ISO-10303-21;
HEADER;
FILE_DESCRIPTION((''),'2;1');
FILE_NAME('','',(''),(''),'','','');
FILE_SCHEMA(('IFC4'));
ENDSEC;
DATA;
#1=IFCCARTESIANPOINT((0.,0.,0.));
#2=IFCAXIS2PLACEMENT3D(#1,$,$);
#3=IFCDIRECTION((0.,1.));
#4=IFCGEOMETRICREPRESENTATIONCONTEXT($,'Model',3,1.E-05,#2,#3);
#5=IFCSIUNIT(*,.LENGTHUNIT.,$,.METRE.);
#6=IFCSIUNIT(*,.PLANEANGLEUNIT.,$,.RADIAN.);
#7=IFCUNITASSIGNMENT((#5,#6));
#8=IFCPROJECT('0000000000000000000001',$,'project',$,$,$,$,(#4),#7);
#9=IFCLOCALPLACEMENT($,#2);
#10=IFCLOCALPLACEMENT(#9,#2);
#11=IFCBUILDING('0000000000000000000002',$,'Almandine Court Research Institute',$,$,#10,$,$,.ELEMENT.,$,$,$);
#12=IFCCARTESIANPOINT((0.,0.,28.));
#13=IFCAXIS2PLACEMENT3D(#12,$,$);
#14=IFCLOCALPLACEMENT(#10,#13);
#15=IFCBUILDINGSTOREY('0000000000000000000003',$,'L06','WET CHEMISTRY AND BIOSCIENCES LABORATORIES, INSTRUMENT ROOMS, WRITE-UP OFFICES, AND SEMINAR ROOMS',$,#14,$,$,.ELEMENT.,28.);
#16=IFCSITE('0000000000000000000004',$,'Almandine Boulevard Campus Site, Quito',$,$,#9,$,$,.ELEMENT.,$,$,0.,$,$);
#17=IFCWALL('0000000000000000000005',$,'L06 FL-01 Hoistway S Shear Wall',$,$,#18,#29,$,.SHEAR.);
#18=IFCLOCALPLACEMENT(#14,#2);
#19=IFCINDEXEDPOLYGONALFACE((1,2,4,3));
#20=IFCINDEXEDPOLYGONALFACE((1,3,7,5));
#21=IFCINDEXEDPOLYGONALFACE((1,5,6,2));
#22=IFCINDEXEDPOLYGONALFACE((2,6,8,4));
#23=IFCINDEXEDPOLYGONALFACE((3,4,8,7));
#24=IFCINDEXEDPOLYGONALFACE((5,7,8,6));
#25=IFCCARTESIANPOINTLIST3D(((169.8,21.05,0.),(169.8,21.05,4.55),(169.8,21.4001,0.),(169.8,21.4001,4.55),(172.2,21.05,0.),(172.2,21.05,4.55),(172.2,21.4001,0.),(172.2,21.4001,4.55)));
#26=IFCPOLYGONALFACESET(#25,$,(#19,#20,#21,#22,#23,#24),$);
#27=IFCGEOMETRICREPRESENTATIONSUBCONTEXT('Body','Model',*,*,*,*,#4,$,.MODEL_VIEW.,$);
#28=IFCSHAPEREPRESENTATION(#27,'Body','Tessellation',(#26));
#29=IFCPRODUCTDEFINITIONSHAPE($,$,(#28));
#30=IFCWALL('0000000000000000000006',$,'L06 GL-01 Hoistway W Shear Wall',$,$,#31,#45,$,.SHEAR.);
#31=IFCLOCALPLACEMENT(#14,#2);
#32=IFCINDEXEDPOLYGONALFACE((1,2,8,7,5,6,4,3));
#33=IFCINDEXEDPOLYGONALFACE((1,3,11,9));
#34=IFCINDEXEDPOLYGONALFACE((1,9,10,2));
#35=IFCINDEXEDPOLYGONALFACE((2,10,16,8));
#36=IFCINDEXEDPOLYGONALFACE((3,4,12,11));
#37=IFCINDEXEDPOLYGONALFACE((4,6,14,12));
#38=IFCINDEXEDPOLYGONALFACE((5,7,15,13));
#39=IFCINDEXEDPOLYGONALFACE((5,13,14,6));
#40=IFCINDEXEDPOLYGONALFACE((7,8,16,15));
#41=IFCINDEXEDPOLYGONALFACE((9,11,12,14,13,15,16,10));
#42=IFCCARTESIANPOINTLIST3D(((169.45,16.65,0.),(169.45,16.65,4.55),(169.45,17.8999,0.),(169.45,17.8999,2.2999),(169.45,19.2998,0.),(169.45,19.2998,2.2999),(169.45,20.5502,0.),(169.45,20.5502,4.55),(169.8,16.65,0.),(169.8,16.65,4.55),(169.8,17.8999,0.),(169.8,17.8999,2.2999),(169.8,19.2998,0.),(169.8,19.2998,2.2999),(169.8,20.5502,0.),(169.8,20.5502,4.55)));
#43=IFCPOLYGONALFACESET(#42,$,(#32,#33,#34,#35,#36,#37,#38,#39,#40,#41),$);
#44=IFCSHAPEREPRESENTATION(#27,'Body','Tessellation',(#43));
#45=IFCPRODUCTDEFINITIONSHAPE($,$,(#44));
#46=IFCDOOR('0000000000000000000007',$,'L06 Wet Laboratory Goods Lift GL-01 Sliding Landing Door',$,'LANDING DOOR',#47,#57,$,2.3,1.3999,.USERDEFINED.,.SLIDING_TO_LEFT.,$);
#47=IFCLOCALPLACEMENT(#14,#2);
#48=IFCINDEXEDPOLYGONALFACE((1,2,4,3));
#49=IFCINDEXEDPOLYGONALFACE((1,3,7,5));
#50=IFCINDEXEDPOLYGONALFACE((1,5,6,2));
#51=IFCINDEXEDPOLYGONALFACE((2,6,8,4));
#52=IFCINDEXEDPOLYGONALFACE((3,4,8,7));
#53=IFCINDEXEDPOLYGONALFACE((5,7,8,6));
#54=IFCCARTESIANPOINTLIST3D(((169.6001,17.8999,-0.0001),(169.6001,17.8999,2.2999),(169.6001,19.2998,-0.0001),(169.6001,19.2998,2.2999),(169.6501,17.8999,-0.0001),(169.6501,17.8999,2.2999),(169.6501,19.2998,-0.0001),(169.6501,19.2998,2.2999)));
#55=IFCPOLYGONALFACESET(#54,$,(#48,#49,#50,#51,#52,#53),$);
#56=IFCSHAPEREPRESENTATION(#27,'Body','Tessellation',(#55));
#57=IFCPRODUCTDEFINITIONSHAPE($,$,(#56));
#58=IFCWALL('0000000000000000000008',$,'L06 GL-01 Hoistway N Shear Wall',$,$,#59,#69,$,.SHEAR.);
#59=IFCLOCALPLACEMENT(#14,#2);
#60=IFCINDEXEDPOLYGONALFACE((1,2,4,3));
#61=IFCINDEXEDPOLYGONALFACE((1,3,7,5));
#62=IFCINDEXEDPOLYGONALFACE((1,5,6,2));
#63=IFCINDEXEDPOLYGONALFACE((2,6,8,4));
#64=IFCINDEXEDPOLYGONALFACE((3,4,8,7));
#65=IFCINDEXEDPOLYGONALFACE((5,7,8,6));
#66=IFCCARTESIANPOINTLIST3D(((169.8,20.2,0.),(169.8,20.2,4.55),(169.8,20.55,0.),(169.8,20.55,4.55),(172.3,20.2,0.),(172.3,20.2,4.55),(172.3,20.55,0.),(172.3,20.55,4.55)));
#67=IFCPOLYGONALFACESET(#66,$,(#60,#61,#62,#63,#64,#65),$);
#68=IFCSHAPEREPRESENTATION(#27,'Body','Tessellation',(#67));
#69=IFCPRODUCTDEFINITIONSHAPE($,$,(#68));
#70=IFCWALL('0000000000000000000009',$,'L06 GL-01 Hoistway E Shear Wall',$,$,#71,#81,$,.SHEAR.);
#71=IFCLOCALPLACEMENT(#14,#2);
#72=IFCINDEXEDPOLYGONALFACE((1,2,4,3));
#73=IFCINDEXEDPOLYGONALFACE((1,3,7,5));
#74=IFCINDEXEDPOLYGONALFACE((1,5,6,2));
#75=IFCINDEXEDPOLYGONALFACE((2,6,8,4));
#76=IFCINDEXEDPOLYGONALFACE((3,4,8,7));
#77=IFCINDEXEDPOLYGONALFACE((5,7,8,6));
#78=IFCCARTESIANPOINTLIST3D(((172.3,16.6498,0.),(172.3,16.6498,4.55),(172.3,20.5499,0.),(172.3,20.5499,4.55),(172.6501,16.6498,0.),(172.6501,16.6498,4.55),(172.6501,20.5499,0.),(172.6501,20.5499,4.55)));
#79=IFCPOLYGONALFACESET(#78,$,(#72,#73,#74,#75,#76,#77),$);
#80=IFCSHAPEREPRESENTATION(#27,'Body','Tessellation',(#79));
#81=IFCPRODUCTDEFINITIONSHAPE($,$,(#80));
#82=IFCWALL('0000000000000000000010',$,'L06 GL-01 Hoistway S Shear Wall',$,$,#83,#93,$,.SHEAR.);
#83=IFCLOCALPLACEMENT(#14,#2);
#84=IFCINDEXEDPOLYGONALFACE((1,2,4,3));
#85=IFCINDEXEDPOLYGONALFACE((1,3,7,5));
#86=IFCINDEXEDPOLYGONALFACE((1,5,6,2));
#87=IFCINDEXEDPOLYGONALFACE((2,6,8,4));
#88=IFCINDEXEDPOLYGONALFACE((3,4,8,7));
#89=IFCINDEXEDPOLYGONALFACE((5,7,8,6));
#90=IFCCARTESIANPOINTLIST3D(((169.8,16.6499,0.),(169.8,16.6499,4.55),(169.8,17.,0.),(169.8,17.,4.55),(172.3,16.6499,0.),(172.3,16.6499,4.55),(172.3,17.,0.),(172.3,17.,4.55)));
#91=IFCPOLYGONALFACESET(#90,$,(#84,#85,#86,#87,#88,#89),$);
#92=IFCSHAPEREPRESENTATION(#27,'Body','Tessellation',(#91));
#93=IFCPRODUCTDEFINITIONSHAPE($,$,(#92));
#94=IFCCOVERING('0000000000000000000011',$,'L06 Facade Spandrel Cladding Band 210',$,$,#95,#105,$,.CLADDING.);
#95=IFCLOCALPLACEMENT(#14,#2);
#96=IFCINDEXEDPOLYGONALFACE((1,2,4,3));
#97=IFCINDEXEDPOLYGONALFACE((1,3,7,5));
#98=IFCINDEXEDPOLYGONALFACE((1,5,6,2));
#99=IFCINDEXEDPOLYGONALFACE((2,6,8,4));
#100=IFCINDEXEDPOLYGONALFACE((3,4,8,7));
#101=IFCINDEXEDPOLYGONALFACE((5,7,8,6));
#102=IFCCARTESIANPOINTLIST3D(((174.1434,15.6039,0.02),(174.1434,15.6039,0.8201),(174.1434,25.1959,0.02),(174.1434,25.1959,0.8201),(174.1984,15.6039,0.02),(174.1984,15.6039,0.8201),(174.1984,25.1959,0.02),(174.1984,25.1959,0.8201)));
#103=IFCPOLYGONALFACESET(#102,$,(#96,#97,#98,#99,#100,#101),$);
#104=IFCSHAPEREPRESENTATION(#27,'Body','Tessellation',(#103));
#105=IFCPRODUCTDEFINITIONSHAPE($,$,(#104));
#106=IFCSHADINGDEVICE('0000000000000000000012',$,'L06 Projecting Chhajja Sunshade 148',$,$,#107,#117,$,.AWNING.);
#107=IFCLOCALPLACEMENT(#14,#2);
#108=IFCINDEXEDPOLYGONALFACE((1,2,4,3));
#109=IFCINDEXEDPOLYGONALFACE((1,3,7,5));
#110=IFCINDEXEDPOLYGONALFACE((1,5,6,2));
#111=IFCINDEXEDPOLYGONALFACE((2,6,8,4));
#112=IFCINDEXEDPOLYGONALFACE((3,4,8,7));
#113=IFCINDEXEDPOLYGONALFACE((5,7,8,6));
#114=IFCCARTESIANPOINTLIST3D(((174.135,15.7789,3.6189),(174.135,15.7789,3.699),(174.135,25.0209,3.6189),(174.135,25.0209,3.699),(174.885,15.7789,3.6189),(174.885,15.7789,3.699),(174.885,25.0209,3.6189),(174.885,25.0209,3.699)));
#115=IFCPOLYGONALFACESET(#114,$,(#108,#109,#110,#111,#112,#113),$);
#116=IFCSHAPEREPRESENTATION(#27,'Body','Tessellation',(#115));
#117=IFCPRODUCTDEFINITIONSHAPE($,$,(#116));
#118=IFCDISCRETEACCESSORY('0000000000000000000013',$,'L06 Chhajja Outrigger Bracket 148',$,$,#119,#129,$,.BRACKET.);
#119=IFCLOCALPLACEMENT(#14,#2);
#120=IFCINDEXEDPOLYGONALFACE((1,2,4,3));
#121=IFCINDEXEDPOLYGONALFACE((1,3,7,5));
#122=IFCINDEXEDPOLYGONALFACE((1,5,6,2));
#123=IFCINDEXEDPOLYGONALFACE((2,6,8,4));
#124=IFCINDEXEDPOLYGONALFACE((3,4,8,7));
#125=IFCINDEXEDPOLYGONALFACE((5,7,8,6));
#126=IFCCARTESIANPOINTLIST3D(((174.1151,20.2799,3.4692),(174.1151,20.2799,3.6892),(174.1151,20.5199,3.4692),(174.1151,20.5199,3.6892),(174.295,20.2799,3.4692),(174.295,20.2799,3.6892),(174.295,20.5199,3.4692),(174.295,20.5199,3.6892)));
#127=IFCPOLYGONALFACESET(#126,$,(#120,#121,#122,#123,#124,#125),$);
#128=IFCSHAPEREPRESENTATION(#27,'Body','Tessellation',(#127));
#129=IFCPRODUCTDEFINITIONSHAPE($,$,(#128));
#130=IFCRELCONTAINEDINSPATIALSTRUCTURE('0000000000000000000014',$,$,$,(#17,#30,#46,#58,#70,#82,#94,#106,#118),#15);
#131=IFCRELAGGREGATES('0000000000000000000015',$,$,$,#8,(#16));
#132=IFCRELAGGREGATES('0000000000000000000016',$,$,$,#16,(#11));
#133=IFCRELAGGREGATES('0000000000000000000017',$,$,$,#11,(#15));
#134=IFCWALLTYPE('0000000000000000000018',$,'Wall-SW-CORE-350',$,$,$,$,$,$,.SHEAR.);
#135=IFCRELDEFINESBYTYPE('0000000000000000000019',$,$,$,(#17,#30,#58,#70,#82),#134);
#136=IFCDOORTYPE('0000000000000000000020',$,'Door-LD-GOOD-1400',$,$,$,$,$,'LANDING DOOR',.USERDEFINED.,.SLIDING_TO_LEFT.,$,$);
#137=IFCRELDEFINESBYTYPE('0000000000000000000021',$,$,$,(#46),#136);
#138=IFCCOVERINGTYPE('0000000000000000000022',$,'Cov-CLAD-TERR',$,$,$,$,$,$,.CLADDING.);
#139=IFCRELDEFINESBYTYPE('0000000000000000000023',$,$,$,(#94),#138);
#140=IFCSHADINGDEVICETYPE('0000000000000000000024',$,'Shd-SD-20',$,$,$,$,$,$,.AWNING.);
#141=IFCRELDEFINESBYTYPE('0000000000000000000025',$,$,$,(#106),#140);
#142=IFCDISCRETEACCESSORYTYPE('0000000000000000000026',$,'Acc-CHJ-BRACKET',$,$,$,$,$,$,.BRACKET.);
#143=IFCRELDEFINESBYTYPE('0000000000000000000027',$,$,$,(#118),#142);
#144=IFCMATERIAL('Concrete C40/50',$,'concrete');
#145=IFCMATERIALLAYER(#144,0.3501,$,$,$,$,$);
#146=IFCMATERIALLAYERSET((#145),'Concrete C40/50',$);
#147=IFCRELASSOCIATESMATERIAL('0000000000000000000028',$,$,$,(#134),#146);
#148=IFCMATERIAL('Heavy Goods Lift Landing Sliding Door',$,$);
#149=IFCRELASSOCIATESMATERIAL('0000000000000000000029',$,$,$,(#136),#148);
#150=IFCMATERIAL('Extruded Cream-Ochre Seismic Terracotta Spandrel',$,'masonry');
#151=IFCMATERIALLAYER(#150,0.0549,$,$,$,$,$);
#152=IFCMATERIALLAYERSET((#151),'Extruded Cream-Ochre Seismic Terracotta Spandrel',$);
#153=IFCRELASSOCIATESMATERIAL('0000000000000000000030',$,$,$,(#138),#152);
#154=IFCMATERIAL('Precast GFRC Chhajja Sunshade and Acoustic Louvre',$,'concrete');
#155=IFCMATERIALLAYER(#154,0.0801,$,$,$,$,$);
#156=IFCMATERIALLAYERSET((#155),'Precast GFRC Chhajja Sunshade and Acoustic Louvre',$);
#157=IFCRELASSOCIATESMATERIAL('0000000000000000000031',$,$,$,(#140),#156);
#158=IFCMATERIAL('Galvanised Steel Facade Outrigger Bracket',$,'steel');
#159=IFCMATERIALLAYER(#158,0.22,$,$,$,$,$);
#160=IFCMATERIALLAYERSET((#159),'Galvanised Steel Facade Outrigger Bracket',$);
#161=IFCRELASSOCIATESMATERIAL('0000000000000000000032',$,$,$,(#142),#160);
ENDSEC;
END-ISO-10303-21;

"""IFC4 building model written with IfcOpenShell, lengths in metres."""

from ifc_helpers import new_model, si_unit, direction, frame, frame_2d, origin, origin_2d, place, context, subcontext, project, spatial, rectangle, extrude, material, layer, layer_set, type_object, element, fill, save


model = new_model("IFC4")

# Units and contexts
model_context = context("Model", 3, precision=1e-05, world=origin(), true_north=direction((0.0, 1.0)))
body_context = subcontext(model_context, "Body", "Model", "MODEL_VIEW")
ifc_project = project(units=[si_unit("LENGTHUNIT", "METRE"), si_unit("PLANEANGLEUNIT", "RADIAN")], contexts=[model_context])

# Site, building, storey
site_placement = place(None, origin())
site = spatial("IfcSite", under=ifc_project, at=site_placement, Name="Almandine Boulevard Campus Site, Quito", CompositionType="ELEMENT", RefElevation=0.0)
building_placement = place(site_placement, origin())
building = spatial("IfcBuilding", under=site, at=building_placement, Name="Almandine Court Research Institute", CompositionType="ELEMENT")
storey_placement = place(building_placement, frame((0.0, 0.0, 28.0)))
storey = spatial("IfcBuildingStorey", under=building, at=storey_placement, Name="L06", Description="WET CHEMISTRY AND BIOSCIENCES LABORATORIES, INSTRUMENT ROOMS, WRITE-UP OFFICES, AND SEMINAR ROOMS", CompositionType="ELEMENT", Elevation=28.0)

# Shared definitions
ifc_material_1 = material(Name="Concrete C40/50", Category="concrete")
ifc_layer_1 = layer(ifc_material_1, 0.3501)
ifc_layer_set_1 = layer_set([ifc_layer_1], Name="Concrete C40/50")
wall_type_1 = type_object("IfcWallType", Name="Wall-SW-CORE-350", PredefinedType="SHEAR", material=ifc_layer_set_1)

# Wall
for number, where, z_axis, x_axis, name in (
    (1, (172.2, 21.2251, 0.0), (0.0, 0.0, 1.0), (-1.0, 0.0, 0.0), "L06 FL-01 Hoistway S Shear Wall"),
):
    element("IfcWall", number, at=place(storey_placement, frame(where, z_axis=z_axis, x_axis=x_axis)), inside=storey, type_object=wall_type_1, Name=name, PredefinedType="SHEAR", context=body_context, shape_type="SweptSolid", body=[
        extrude(rectangle(XDim=2.3999, YDim=0.3501, at=frame_2d((1.2, 0.0))), origin(), (0.0, 0.0, 1.0), 4.55),
    ])

# Wall, opening, door
wall_1_placement = place(storey_placement, frame((169.625, 16.6499, 0.0), z_axis=(0.0, 0.0, 1.0), x_axis=(0.0, 1.0, 0.0)))
wall_1 = element("IfcWall", 2, at=wall_1_placement, inside=storey, type_object=wall_type_1, Name="L06 GL-01 Hoistway W Shear Wall", PredefinedType="SHEAR", context=body_context, shape_type="SweptSolid", body=[
    extrude(rectangle(XDim=3.9001, YDim=0.3501, at=frame_2d((1.9502, 0.0))), origin(), (0.0, 0.0, 1.0), 4.55),
])
opening_1_placement = place(wall_1_placement, frame((1.25, 0.0, 0.0)))
opening_1 = element("IfcOpeningElement", 3, at=opening_1_placement, cuts=wall_1, PredefinedType="OPENING", context=body_context, shape_type="SweptSolid", body=[
    extrude(rectangle(XDim=1.3999, YDim=2.3, at=frame_2d((0.7, 1.1499))), frame((0.0, 0.1851, 0.0), z_axis=(0.0, -1.0, 0.0), x_axis=(1.0, 0.0, 0.0)), (0.0, 0.0, 1.0), 0.3701),
])
ifc_material_2 = material(Name="Heavy Goods Lift Landing Sliding Door")
door_type_1 = type_object("IfcDoorType", Name="Door-LD-GOOD-1400", ElementType="LANDING DOOR", OperationType="SLIDING_TO_LEFT", PredefinedType="USERDEFINED", material=ifc_material_2)
door_1_placement = place(opening_1_placement, origin())
door_1 = element("IfcDoor", 4, at=door_1_placement, inside=storey, type_object=door_type_1, Name="L06 Wet Laboratory Goods Lift GL-01 Sliding Landing Door", ObjectType="LANDING DOOR", OperationType="SLIDING_TO_LEFT", OverallHeight=2.3, OverallWidth=1.3999, PredefinedType="USERDEFINED", context=body_context, shape_type="SweptSolid", body=[
    extrude(rectangle(XDim=1.3999, YDim=2.3, at=frame_2d((0.7, 1.1499))), frame((0.0, 0.0249, 0.0), z_axis=(0.0, -1.0, 0.0), x_axis=(1.0, 0.0, 0.0)), (0.0, 0.0, 1.0), 0.05),
])
fill(opening_1, door_1)

# Walls
wall_2_placement = place(storey_placement, frame((169.8, 20.375, 0.0), z_axis=(0.0, 0.0, 1.0), x_axis=(1.0, 0.0, 0.0)))
element("IfcWall", 5, at=wall_2_placement, inside=storey, type_object=wall_type_1, Name="L06 GL-01 Hoistway N Shear Wall", PredefinedType="SHEAR", context=body_context, shape_type="SweptSolid", body=[
    extrude(rectangle(XDim=2.5, YDim=0.3501, at=frame_2d((1.25, 0.0))), origin(), (0.0, 0.0, 1.0), 4.55),
])
wall_3_placement = place(storey_placement, frame((172.4751, 20.55, 0.0), z_axis=(0.0, 0.0, 1.0), x_axis=(0.0, -1.0, 0.0)))
element("IfcWall", 6, at=wall_3_placement, inside=storey, type_object=wall_type_1, Name="L06 GL-01 Hoistway E Shear Wall", PredefinedType="SHEAR", context=body_context, shape_type="SweptSolid", body=[
    extrude(rectangle(XDim=3.9001, YDim=0.3501, at=frame_2d((1.9502, 0.0))), origin(), (0.0, 0.0, 1.0), 4.55),
])
wall_4_placement = place(storey_placement, frame((172.3, 16.825, 0.0), z_axis=(0.0, 0.0, 1.0), x_axis=(-1.0, 0.0, 0.0)))
element("IfcWall", 7, at=wall_4_placement, inside=storey, type_object=wall_type_1, Name="L06 GL-01 Hoistway S Shear Wall", PredefinedType="SHEAR", context=body_context, shape_type="SweptSolid", body=[
    extrude(rectangle(XDim=2.5, YDim=0.3501, at=frame_2d((1.25, 0.0))), origin(), (0.0, 0.0, 1.0), 4.55),
])

# Covering
ifc_material_3 = material(Name="Extruded Cream-Ochre Seismic Terracotta Spandrel", Category="masonry")
ifc_layer_2 = layer(ifc_material_3, 0.0549)
ifc_layer_set_2 = layer_set([ifc_layer_2], Name="Extruded Cream-Ochre Seismic Terracotta Spandrel")
covering_type = type_object("IfcCoveringType", Name="Cov-CLAD-TERR", PredefinedType="CLADDING", material=ifc_layer_set_2)
covering_placement = place(storey_placement, frame((174.1709, 20.3999, 0.02), z_axis=(0.0, 0.0, 1.0), x_axis=(0.0, -1.0, 0.0)))
element("IfcCovering", 8, at=covering_placement, inside=storey, type_object=covering_type, Name="L06 Facade Spandrel Cladding Band 210", PredefinedType="CLADDING", context=body_context, shape_type="SweptSolid", body=[
    extrude(rectangle(XDim=9.592, YDim=0.0549, at=origin_2d()), origin(), (0.0, 0.0, 1.0), 0.8),
])

# Shading device
ifc_material_4 = material(Name="Precast GFRC Chhajja Sunshade and Acoustic Louvre", Category="concrete")
ifc_layer_3 = layer(ifc_material_4, 0.0801)
ifc_layer_set_3 = layer_set([ifc_layer_3], Name="Precast GFRC Chhajja Sunshade and Acoustic Louvre")
shading_device_type = type_object("IfcShadingDeviceType", Name="Shd-SD-20", PredefinedType="AWNING", material=ifc_layer_set_3)
shading_device_placement = place(storey_placement, frame((174.51, 20.3999, 3.6189), z_axis=(0.0, 0.0, 1.0), x_axis=(0.0, -1.0, 0.0)))
element("IfcShadingDevice", 9, at=shading_device_placement, inside=storey, type_object=shading_device_type, Name="L06 Projecting Chhajja Sunshade 148", PredefinedType="AWNING", context=body_context, shape_type="SweptSolid", body=[
    extrude(rectangle(XDim=9.2419, YDim=0.75, at=origin_2d()), origin(), (0.0, 0.0, 1.0), 0.0801),
])

# Discrete accessory
ifc_material_5 = material(Name="Galvanised Steel Facade Outrigger Bracket", Category="steel")
ifc_layer_4 = layer(ifc_material_5, 0.22)
ifc_layer_set_4 = layer_set([ifc_layer_4], Name="Galvanised Steel Facade Outrigger Bracket")
discrete_accessory_type = type_object("IfcDiscreteAccessoryType", Name="Acc-CHJ-BRACKET", PredefinedType="BRACKET", material=ifc_layer_set_4)
discrete_accessory_placement = place(storey_placement, frame((174.2051, 20.3999, 3.4692), z_axis=(0.0, 0.0, 1.0), x_axis=(0.0, -1.0, 0.0)))
element("IfcDiscreteAccessory", 10, at=discrete_accessory_placement, inside=storey, type_object=discrete_accessory_type, Name="L06 Chhajja Outrigger Bracket 148", PredefinedType="BRACKET", context=body_context, shape_type="SweptSolid", body=[
    extrude(rectangle(XDim=0.24, YDim=0.1799, at=origin_2d()), origin(), (0.0, 0.0, 1.0), 0.22),
])

save(model, "model.ifc")
